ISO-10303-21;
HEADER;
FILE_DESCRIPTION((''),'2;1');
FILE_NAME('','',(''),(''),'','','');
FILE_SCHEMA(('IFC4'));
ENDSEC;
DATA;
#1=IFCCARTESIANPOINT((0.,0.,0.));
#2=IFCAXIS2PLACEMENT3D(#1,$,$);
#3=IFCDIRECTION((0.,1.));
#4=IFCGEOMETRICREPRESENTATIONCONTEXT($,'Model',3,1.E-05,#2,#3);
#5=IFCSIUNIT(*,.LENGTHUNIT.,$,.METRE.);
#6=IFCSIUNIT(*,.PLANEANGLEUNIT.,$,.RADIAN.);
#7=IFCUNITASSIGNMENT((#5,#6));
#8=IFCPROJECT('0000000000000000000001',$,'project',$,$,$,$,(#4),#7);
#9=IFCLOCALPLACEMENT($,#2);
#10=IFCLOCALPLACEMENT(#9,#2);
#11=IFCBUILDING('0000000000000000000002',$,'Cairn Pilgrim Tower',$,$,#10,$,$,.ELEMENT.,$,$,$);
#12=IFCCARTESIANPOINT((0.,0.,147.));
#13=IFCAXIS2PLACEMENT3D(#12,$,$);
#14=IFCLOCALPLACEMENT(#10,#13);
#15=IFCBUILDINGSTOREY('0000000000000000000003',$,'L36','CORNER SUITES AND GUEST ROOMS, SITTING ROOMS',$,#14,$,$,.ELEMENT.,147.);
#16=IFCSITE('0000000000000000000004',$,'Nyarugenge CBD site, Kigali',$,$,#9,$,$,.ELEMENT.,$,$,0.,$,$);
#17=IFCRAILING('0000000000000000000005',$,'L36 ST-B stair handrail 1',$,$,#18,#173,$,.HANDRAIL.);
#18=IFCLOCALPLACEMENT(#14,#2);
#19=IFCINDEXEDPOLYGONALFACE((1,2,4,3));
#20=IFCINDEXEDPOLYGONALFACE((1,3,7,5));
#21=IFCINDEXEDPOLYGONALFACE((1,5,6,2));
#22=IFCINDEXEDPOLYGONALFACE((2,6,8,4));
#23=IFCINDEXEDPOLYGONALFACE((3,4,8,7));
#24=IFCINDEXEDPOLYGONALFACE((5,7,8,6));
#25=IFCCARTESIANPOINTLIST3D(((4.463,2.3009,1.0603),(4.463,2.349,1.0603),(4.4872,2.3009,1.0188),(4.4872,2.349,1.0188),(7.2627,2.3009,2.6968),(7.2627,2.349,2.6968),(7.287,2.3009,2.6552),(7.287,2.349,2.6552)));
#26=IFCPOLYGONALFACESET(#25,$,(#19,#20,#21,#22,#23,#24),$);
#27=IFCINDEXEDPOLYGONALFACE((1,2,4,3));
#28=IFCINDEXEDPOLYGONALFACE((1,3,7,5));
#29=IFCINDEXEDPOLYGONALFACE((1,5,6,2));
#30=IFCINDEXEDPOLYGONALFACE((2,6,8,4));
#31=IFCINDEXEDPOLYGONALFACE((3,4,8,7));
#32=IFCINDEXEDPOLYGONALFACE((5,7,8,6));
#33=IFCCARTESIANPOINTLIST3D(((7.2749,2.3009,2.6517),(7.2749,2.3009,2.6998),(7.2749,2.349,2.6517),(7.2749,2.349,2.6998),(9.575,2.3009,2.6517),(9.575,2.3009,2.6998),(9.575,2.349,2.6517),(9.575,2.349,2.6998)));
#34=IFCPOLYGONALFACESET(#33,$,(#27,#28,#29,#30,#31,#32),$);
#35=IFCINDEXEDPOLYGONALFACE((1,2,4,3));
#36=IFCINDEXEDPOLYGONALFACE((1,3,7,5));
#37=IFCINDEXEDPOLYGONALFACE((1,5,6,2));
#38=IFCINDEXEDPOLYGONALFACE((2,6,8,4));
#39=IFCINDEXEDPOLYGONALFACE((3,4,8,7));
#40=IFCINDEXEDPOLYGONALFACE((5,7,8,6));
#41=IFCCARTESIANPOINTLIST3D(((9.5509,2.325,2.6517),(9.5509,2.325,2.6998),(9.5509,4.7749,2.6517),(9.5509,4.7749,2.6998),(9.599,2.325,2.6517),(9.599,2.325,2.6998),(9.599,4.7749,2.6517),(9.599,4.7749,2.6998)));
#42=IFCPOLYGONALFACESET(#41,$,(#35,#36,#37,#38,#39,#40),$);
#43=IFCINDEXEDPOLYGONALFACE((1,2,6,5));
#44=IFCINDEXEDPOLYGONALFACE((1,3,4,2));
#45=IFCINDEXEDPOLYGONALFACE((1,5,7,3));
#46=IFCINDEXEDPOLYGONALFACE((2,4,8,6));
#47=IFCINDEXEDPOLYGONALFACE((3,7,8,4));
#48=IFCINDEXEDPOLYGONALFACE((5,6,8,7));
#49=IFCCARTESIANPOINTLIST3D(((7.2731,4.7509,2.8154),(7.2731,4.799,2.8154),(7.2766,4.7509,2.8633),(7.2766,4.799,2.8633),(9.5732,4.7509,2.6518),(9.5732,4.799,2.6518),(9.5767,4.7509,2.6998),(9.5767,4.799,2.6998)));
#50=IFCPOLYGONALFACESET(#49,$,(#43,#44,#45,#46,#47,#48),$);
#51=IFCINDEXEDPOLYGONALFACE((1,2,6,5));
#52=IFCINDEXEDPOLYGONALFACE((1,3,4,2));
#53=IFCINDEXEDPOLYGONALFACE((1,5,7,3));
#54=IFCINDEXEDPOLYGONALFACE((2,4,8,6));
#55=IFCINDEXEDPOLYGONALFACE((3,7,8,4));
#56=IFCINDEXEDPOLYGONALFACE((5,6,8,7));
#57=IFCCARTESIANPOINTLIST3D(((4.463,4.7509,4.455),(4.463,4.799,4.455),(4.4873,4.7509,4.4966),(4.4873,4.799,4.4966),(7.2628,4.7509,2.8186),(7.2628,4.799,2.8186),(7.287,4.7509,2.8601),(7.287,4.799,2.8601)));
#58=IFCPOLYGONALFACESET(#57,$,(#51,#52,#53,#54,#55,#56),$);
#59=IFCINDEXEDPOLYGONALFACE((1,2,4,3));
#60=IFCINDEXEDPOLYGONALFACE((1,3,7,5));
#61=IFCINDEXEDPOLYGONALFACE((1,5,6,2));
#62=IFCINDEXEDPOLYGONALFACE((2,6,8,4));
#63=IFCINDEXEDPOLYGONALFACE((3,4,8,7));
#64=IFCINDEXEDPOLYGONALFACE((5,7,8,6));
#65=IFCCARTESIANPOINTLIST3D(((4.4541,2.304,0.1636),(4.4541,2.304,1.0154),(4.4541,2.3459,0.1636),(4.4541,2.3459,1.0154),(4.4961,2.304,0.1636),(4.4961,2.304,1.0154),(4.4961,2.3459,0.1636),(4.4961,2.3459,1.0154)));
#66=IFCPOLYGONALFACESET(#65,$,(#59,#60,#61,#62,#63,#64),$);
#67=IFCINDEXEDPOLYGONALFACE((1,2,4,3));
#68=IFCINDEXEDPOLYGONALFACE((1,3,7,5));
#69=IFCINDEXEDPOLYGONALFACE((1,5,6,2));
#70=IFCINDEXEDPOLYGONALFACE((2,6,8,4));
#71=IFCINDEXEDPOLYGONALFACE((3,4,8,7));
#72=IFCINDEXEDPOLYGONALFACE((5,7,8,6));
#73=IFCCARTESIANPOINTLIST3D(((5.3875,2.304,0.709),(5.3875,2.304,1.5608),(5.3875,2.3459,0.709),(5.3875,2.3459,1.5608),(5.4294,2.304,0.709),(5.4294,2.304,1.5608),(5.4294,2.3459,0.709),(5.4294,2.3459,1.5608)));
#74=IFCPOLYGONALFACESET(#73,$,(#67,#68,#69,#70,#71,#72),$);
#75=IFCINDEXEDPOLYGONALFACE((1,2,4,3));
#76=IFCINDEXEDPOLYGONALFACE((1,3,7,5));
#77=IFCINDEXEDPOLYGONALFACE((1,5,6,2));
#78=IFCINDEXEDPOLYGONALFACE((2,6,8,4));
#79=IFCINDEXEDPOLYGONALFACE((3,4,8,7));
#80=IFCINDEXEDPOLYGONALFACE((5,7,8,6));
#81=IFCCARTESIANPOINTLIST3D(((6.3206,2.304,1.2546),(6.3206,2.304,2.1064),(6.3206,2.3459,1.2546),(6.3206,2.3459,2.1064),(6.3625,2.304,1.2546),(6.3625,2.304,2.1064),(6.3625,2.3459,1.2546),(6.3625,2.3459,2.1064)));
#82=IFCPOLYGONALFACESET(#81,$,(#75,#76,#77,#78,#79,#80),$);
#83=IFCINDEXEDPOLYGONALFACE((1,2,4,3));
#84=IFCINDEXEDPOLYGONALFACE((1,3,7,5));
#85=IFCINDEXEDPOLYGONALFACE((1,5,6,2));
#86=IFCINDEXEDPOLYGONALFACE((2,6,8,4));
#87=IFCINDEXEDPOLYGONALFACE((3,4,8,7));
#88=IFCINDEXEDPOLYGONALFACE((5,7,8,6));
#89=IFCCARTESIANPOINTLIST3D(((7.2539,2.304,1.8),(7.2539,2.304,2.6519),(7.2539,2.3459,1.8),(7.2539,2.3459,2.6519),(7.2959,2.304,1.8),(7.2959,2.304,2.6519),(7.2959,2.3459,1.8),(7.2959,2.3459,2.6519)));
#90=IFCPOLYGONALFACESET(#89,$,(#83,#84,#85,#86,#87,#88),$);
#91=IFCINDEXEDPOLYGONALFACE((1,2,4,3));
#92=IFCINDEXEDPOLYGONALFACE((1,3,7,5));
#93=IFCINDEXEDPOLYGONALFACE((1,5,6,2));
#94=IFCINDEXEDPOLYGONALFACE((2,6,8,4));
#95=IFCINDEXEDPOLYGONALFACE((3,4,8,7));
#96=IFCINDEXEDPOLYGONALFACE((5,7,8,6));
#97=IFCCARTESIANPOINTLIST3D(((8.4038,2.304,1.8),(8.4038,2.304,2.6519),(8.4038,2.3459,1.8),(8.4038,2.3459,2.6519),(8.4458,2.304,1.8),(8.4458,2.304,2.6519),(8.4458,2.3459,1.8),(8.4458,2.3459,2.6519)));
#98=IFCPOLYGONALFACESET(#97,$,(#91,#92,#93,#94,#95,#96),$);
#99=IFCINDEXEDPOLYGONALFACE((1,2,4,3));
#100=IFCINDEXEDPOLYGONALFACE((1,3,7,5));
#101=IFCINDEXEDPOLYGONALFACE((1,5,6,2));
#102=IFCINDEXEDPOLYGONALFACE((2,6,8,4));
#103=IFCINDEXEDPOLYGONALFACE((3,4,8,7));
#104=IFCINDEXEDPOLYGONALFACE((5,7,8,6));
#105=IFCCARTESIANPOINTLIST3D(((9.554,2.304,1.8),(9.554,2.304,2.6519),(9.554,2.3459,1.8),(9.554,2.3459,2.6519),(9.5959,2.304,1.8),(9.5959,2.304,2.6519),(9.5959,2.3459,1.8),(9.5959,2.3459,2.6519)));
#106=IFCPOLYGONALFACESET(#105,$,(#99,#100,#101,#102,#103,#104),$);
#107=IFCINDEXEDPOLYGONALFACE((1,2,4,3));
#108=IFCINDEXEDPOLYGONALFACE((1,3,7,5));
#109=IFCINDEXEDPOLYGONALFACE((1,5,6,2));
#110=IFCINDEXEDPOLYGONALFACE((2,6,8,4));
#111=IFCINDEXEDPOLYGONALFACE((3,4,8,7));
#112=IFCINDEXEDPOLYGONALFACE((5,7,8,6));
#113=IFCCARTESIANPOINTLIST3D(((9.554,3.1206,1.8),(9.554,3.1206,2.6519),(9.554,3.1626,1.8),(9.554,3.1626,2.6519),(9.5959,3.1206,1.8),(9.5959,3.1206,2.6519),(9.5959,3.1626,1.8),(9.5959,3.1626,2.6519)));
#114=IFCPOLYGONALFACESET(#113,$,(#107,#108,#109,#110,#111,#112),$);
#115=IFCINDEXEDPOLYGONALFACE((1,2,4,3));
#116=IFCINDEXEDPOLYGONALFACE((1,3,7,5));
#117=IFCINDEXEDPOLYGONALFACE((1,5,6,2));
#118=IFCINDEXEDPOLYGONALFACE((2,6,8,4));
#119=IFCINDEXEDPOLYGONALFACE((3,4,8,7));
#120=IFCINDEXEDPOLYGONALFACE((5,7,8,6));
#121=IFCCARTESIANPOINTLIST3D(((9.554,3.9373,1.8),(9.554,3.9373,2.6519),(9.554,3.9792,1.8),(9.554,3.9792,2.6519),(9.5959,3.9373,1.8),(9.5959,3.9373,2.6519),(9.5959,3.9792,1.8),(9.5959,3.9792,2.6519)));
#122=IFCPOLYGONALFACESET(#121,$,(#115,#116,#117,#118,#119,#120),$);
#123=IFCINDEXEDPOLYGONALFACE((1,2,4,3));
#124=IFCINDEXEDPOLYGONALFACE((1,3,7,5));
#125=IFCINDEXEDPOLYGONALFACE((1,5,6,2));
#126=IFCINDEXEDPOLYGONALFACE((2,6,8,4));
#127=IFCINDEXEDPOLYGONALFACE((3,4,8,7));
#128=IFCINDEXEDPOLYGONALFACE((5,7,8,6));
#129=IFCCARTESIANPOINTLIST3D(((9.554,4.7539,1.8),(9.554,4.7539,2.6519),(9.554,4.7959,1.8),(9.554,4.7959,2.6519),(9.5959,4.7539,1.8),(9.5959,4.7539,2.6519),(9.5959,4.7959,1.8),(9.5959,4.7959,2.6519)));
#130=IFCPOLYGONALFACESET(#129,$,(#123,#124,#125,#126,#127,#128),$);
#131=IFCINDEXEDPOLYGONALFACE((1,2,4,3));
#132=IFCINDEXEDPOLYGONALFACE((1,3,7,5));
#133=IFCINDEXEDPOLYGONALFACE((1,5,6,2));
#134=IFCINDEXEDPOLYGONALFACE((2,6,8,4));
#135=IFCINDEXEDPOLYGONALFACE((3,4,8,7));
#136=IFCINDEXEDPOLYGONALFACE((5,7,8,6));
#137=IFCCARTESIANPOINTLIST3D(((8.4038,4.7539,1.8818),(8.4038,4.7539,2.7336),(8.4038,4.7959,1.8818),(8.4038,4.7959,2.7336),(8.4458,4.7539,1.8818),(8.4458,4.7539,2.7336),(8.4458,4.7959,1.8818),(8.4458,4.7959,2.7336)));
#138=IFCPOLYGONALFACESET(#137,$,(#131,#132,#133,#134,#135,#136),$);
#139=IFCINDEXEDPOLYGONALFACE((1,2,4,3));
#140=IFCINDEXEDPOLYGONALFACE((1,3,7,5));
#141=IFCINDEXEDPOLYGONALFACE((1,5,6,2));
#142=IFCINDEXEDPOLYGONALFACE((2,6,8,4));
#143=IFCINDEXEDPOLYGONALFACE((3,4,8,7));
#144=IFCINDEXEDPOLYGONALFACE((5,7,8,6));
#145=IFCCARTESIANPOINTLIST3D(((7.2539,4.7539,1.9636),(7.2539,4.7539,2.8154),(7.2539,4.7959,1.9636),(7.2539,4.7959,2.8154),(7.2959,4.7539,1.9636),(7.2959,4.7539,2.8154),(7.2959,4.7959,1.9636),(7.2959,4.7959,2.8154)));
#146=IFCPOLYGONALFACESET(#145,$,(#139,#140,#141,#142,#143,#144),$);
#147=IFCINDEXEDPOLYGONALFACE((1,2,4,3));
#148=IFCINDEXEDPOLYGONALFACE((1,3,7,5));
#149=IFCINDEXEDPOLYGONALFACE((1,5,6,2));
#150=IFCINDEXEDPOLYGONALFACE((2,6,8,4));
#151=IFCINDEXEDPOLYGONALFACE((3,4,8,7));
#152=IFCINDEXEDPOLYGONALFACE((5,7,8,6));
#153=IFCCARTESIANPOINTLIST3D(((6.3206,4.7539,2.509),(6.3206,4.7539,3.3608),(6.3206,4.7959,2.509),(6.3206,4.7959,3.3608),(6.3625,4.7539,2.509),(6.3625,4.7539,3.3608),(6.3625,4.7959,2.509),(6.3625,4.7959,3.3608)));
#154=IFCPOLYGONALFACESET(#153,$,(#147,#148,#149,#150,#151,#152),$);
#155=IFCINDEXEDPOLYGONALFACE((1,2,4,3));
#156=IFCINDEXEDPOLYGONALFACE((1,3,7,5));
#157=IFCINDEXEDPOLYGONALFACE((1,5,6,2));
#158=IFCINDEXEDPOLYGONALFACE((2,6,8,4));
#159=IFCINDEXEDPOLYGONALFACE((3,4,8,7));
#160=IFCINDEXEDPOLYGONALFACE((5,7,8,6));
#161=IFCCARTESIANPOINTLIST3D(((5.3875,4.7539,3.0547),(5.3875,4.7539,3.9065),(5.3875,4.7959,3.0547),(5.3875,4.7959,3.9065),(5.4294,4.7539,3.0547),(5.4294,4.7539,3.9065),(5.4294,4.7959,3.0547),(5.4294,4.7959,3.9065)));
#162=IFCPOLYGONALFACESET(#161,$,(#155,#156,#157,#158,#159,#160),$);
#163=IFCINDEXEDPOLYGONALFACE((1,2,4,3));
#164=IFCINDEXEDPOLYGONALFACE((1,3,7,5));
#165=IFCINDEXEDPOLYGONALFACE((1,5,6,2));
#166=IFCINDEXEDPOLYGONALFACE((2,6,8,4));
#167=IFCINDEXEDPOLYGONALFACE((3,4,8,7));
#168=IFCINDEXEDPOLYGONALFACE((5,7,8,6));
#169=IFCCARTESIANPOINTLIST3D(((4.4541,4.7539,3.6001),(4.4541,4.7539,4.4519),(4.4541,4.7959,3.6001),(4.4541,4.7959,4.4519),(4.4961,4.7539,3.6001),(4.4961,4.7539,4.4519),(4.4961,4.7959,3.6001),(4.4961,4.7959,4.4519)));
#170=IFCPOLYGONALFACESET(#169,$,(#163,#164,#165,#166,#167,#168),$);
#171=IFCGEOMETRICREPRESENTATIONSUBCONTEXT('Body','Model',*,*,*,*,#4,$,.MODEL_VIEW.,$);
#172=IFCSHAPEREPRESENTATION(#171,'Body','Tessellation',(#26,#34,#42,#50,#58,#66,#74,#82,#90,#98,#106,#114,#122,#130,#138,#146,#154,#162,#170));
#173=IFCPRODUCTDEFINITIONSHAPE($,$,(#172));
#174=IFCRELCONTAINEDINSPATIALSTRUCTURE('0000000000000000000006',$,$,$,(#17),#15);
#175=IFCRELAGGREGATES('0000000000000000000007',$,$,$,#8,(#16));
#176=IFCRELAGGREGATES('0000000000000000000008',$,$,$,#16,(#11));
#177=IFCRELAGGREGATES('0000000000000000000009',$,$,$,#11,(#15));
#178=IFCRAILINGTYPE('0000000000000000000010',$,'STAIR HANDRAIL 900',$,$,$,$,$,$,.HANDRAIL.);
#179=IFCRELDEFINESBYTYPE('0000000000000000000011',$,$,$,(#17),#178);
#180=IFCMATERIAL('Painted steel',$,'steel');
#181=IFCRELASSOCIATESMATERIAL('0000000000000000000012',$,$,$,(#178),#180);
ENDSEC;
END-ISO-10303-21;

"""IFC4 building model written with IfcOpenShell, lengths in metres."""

from ifc_helpers import new_model, si_unit, direction, frame, origin, origin_2d, place, context, subcontext, project, spatial, rectangle, extrude, material, type_object, element, save


model = new_model("IFC4")

# Units and contexts
model_context = context("Model", 3, precision=1e-05, world=origin(), true_north=direction((0.0, 1.0)))
body_context = subcontext(model_context, "Body", "Model", "MODEL_VIEW")
ifc_project = project(units=[si_unit("LENGTHUNIT", "METRE"), si_unit("PLANEANGLEUNIT", "RADIAN")], contexts=[model_context])

# Site, building, storey
site_placement = place(None, origin())
site = spatial("IfcSite", under=ifc_project, at=site_placement, Name="Nyarugenge CBD site, Kigali", CompositionType="ELEMENT", RefElevation=0.0)
building_placement = place(site_placement, origin())
building = spatial("IfcBuilding", under=site, at=building_placement, Name="Cairn Pilgrim Tower", CompositionType="ELEMENT")
storey_placement = place(building_placement, frame((0.0, 0.0, 147.0)))
storey = spatial("IfcBuildingStorey", under=building, at=storey_placement, Name="L36", Description="CORNER SUITES AND GUEST ROOMS, SITTING ROOMS", CompositionType="ELEMENT", Elevation=147.0)

# Shared definitions
ifc_material_1 = material(Name="Painted steel", Category="steel")

# Railing
railing_type = type_object("IfcRailingType", Name="STAIR HANDRAIL 900", PredefinedType="HANDRAIL", material=ifc_material_1)
railing_placement = place(storey_placement, frame((4.4751, 2.325, 0.1636)))
element("IfcRailing", 1, at=railing_placement, inside=storey, type_object=railing_type, Name="L36 ST-B stair handrail 1", PredefinedType="HANDRAIL", context=body_context, shape_type="SweptSolid", body=[
    extrude(rectangle(XDim=0.0481, YDim=0.0481, at=origin_2d()), frame((0.0, 0.0, 0.876), z_axis=(0.863342, 0.0, 0.50462), x_axis=(0.0, 1.0, 0.0)), (0.0, 0.0, 1.0), 3.2429),
    extrude(rectangle(XDim=0.0481, YDim=0.0481, at=origin_2d()), frame((2.7998, 0.0, 2.5122), z_axis=(1.0, 0.0, 0.0), x_axis=(0.0, 1.0, 0.0)), (0.0, 0.0, 1.0), 2.3),
    extrude(rectangle(XDim=0.0481, YDim=0.0481, at=origin_2d()), frame((5.0999, 0.0, 2.5122), z_axis=(0.0, 1.0, 0.0), x_axis=(-1.0, 0.0, 0.0)), (0.0, 0.0, 1.0), 2.45),
    extrude(rectangle(XDim=0.0481, YDim=0.0481, at=origin_2d()), frame((5.0999, 2.45, 2.5122), z_axis=(-0.997481, 0.0, 0.070939), x_axis=(0.0, -1.0, 0.0)), (0.0, 0.0, 1.0), 2.3059),
    extrude(rectangle(XDim=0.0481, YDim=0.0481, at=origin_2d()), frame((2.7998, 2.45, 2.6758), z_axis=(-0.863342, 0.0, 0.50462), x_axis=(0.0, -1.0, 0.0)), (0.0, 0.0, 1.0), 3.2429),
    extrude(rectangle(XDim=0.042, YDim=0.042, at=origin_2d()), origin(), (0.0, 0.0, 1.0), 0.8518),
    extrude(rectangle(XDim=0.042, YDim=0.042, at=origin_2d()), frame((0.9333, 0.0, 0.5454)), (0.0, 0.0, 1.0), 0.8518),
    extrude(rectangle(XDim=0.042, YDim=0.042, at=origin_2d()), frame((1.8665, 0.0, 1.0911)), (0.0, 0.0, 1.0), 0.8518),
    extrude(rectangle(XDim=0.042, YDim=0.042, at=origin_2d()), frame((2.7998, 0.0, 1.6365)), (0.0, 0.0, 1.0), 0.8518),
    extrude(rectangle(XDim=0.042, YDim=0.042, at=origin_2d()), frame((3.9497, 0.0, 1.6365)), (0.0, 0.0, 1.0), 0.8518),
    extrude(rectangle(XDim=0.042, YDim=0.042, at=origin_2d()), frame((5.0999, 0.0, 1.6365)), (0.0, 0.0, 1.0), 0.8518),
    extrude(rectangle(XDim=0.042, YDim=0.042, at=origin_2d()), frame((5.0999, 0.8167, 1.6365)), (0.0, 0.0, 1.0), 0.8518),
    extrude(rectangle(XDim=0.042, YDim=0.042, at=origin_2d()), frame((5.0999, 1.6333, 1.6365)), (0.0, 0.0, 1.0), 0.8518),
    extrude(rectangle(XDim=0.042, YDim=0.042, at=origin_2d()), frame((5.0999, 2.45, 1.6365)), (0.0, 0.0, 1.0), 0.8518),
    extrude(rectangle(XDim=0.042, YDim=0.042, at=origin_2d()), frame((3.9497, 2.45, 1.7183)), (0.0, 0.0, 1.0), 0.8518),
    extrude(rectangle(XDim=0.042, YDim=0.042, at=origin_2d()), frame((2.7998, 2.45, 1.8)), (0.0, 0.0, 1.0), 0.8518),
    extrude(rectangle(XDim=0.042, YDim=0.042, at=origin_2d()), frame((1.8665, 2.45, 2.3455)), (0.0, 0.0, 1.0), 0.8518),
    extrude(rectangle(XDim=0.042, YDim=0.042, at=origin_2d()), frame((0.9333, 2.45, 2.8911)), (0.0, 0.0, 1.0), 0.8518),
    extrude(rectangle(XDim=0.042, YDim=0.042, at=origin_2d()), frame((0.0, 2.45, 3.4365)), (0.0, 0.0, 1.0), 0.8518),
])

save(model, "model.ifc")
